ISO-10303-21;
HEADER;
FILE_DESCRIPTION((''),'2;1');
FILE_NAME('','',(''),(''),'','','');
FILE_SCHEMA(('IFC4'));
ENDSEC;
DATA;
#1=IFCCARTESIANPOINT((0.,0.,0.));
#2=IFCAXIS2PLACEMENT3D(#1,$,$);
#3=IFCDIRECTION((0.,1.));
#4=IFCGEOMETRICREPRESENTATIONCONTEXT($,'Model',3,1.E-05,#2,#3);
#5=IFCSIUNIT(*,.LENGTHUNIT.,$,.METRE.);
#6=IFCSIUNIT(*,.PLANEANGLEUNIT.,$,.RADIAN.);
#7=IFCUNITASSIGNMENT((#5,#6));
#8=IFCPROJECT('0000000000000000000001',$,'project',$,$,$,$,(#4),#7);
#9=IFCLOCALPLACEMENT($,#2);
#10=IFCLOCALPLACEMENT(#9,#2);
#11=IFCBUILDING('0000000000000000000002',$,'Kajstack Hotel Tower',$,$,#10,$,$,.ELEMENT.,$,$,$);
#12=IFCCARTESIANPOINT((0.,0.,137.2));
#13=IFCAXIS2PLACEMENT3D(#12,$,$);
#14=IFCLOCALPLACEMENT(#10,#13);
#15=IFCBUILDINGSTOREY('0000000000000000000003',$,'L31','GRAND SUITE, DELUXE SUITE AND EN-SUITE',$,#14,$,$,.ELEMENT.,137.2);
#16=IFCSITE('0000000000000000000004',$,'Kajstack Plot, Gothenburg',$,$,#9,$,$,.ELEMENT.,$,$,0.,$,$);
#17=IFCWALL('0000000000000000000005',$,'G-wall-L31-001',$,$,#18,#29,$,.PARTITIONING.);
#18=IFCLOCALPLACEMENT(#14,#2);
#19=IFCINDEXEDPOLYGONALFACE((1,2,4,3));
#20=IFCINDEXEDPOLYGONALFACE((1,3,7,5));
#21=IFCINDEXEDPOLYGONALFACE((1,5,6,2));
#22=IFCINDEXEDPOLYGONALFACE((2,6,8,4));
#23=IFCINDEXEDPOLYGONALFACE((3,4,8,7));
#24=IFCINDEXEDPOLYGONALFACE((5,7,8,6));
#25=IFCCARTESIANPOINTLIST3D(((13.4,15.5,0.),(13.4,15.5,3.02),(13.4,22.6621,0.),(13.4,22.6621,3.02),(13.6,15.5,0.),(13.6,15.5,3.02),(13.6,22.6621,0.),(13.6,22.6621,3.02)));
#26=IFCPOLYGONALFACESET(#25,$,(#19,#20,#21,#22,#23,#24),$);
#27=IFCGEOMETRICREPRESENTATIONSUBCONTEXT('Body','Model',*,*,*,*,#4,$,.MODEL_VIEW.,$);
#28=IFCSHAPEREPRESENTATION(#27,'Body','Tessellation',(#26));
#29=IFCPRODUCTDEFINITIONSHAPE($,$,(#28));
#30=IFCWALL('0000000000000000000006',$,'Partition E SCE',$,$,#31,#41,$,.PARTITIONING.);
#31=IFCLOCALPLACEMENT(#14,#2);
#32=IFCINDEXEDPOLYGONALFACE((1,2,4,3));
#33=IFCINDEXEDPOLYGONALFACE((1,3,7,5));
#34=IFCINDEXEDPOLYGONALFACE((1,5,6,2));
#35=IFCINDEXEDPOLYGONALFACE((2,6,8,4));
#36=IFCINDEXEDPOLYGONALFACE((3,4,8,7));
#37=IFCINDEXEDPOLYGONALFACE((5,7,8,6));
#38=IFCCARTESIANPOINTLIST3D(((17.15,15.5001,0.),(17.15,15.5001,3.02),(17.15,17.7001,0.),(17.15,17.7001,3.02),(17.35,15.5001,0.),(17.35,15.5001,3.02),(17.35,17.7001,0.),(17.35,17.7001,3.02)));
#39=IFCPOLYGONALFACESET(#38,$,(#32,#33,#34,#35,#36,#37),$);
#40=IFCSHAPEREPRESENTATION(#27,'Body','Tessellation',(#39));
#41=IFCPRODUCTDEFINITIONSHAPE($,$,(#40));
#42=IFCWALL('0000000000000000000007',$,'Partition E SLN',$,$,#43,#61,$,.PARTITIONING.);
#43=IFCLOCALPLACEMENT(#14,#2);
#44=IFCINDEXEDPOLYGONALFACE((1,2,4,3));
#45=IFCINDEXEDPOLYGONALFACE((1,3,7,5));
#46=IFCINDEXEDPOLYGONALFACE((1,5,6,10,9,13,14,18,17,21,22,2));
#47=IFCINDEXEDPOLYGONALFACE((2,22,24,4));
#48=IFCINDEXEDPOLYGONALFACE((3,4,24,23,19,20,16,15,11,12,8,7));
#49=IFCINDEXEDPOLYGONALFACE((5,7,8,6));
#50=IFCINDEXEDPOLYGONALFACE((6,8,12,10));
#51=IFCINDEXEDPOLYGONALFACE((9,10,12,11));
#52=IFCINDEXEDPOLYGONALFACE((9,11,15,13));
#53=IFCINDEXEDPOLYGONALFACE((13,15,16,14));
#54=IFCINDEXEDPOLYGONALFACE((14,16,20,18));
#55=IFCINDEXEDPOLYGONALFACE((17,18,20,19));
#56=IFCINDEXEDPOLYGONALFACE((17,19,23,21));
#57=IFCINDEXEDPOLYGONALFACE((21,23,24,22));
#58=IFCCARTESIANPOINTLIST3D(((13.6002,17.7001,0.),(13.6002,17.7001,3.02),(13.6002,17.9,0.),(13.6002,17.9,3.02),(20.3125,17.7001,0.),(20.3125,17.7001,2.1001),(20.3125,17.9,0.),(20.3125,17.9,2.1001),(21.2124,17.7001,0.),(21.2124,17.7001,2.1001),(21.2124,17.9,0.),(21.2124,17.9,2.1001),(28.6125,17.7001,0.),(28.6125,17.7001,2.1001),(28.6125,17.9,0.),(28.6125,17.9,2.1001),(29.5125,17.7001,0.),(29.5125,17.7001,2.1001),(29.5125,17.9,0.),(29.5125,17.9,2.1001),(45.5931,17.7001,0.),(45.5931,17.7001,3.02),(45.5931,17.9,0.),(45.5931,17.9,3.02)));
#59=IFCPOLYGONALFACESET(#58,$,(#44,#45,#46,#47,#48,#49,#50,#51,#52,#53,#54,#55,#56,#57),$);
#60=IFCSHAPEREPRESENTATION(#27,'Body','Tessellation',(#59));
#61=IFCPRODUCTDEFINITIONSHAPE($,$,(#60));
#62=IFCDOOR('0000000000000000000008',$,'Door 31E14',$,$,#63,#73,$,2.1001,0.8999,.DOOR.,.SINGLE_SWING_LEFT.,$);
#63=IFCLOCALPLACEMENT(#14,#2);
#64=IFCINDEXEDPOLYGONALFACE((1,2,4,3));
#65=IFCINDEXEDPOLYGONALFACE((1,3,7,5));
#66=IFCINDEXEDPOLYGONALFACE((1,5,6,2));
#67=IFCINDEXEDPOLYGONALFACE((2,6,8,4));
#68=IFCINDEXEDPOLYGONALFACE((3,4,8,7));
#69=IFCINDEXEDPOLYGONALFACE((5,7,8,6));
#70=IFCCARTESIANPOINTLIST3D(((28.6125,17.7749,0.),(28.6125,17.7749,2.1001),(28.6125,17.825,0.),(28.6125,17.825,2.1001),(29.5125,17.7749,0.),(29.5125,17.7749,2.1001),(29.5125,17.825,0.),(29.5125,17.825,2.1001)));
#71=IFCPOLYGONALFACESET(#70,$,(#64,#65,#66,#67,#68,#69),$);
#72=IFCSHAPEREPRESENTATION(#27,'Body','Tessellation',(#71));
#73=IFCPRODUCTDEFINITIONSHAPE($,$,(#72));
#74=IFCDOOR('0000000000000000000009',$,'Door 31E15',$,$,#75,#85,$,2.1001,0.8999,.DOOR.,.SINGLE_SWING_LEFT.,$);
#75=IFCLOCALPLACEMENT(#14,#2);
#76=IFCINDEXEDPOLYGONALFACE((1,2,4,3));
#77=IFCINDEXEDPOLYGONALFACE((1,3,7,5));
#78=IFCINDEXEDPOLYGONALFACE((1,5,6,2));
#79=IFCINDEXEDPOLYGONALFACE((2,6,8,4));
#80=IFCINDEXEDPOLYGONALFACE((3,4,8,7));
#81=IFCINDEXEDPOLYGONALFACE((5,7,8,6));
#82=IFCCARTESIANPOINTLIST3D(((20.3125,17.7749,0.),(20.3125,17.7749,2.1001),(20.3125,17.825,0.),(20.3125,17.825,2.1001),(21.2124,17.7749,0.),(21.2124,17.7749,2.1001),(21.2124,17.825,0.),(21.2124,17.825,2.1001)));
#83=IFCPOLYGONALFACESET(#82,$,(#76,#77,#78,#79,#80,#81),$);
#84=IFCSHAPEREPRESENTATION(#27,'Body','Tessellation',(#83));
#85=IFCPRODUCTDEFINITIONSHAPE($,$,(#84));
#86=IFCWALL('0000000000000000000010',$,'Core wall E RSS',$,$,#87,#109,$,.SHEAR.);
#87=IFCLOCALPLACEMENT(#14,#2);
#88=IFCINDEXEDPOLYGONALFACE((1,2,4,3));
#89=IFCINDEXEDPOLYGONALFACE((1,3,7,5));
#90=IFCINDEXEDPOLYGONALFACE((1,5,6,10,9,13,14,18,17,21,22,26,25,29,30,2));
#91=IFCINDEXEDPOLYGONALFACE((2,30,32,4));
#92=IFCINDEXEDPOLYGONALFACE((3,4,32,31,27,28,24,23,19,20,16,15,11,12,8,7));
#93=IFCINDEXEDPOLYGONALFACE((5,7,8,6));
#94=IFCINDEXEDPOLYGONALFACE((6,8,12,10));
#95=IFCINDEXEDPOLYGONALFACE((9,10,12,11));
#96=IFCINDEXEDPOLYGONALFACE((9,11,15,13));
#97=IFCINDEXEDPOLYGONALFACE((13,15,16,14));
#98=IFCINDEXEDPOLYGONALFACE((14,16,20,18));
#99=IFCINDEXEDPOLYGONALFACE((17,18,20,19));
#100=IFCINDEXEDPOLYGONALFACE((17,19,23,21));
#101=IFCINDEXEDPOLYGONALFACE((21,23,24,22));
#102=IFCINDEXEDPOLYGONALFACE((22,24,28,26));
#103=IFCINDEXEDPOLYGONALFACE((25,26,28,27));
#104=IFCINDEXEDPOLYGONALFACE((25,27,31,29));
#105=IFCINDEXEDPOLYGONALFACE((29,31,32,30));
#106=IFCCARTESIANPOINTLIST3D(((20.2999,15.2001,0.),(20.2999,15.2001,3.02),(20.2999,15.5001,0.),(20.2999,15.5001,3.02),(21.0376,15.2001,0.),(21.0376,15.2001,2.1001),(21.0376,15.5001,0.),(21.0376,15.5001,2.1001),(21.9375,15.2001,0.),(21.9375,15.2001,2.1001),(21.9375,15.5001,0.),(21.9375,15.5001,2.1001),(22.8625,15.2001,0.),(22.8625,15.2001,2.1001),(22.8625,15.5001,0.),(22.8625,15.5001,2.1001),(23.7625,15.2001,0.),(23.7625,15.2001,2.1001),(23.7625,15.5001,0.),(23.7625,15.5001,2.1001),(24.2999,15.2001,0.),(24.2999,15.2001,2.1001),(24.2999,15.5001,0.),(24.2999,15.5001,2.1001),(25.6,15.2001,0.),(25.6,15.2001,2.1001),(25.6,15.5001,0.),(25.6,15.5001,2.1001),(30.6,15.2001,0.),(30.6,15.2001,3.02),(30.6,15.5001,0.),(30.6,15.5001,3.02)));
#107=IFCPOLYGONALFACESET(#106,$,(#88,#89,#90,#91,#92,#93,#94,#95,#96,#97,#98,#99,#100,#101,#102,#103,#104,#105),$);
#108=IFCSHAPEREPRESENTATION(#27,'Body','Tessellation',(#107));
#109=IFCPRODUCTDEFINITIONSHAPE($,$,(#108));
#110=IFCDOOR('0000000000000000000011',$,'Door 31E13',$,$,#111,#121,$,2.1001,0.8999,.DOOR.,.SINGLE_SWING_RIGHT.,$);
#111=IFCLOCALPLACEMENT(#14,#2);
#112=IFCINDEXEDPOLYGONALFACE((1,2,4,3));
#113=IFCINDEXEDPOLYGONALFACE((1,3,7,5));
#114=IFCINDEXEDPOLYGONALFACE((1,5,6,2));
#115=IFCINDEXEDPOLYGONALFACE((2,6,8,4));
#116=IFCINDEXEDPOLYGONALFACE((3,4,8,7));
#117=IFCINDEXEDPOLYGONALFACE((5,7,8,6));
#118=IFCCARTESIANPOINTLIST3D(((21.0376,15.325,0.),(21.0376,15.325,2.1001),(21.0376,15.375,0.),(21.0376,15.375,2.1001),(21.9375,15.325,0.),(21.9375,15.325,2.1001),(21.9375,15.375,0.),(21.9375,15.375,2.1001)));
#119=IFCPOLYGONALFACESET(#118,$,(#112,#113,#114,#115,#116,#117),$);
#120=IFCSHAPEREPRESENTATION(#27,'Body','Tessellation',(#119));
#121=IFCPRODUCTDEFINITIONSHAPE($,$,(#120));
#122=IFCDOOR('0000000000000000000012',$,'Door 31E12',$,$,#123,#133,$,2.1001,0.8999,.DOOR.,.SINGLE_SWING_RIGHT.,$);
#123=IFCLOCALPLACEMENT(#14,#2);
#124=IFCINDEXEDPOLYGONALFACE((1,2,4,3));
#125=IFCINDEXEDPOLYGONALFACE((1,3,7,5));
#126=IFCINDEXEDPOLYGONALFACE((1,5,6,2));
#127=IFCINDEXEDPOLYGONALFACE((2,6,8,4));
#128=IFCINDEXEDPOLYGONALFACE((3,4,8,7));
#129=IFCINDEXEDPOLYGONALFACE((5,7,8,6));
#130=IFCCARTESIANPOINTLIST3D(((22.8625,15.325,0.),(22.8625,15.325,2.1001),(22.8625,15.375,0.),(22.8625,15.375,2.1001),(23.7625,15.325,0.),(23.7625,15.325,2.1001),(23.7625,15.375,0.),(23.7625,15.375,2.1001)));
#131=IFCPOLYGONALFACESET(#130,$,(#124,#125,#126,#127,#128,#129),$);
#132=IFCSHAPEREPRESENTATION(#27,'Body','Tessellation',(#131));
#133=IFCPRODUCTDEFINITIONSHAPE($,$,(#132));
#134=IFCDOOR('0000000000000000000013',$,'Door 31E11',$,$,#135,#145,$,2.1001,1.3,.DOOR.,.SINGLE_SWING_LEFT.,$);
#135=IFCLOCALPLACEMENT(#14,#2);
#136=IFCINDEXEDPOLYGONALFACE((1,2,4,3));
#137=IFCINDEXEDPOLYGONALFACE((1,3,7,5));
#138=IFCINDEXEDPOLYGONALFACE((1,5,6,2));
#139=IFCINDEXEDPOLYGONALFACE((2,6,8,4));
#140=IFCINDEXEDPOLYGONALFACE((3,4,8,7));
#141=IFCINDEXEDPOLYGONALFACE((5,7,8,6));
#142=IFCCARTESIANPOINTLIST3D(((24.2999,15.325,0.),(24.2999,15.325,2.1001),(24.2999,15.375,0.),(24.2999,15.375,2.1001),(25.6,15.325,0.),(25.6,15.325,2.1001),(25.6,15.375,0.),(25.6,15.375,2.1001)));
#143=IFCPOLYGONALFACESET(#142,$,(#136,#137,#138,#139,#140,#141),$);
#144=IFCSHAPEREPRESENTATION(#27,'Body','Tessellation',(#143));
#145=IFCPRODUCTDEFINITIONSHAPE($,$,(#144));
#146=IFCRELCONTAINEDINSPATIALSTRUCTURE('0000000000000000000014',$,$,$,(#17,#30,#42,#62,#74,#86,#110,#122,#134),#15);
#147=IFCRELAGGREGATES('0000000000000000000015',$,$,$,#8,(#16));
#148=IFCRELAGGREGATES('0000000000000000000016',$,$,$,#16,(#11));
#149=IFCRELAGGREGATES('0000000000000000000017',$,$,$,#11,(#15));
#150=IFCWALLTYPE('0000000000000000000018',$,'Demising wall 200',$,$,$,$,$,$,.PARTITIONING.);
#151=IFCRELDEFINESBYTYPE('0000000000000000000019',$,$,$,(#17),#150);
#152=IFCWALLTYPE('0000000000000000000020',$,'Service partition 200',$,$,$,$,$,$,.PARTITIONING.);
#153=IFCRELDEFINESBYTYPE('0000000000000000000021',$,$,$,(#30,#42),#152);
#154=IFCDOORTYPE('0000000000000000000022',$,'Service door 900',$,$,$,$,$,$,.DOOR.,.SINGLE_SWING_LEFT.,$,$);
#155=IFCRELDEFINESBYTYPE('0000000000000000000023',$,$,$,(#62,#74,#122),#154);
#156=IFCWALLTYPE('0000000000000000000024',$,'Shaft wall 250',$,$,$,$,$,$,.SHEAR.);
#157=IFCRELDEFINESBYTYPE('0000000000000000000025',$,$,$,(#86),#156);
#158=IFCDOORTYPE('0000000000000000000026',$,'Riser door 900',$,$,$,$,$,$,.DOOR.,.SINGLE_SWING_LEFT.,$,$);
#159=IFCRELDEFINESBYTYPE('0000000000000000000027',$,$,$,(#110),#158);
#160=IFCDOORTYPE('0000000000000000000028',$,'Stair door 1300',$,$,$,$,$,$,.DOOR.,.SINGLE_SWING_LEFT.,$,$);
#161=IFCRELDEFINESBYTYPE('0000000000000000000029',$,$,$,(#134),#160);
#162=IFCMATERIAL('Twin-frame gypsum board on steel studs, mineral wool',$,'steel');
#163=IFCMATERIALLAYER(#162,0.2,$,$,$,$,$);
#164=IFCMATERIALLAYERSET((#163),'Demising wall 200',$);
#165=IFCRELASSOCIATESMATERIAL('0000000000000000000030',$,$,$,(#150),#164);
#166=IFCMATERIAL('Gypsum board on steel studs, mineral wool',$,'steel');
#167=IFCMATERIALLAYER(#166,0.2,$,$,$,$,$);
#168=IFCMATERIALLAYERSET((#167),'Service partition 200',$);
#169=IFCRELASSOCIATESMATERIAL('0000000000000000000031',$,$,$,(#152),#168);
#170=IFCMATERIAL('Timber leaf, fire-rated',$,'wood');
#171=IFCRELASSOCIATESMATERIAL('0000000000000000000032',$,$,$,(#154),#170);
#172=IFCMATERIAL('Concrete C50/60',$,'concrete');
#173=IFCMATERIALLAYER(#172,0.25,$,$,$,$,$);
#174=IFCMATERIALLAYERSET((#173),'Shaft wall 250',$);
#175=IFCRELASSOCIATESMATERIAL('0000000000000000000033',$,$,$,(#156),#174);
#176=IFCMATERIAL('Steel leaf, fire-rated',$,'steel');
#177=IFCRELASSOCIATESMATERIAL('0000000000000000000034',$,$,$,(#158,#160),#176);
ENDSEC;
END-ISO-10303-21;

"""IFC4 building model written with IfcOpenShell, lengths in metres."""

from ifc_helpers import new_model, si_unit, direction, frame, frame_2d, origin, place, context, subcontext, project, spatial, rectangle, extrude, material, layer, layer_set, type_object, element, fill, save


model = new_model("IFC4")

# Units and contexts
model_context = context("Model", 3, precision=1e-05, world=origin(), true_north=direction((0.0, 1.0)))
body_context = subcontext(model_context, "Body", "Model", "MODEL_VIEW")
ifc_project = project(units=[si_unit("LENGTHUNIT", "METRE"), si_unit("PLANEANGLEUNIT", "RADIAN")], contexts=[model_context])

# Site, building, storey
site_placement = place(None, origin())
site = spatial("IfcSite", under=ifc_project, at=site_placement, Name="Kajstack Plot, Gothenburg", CompositionType="ELEMENT", RefElevation=0.0)
building_placement = place(site_placement, origin())
building = spatial("IfcBuilding", under=site, at=building_placement, Name="Kajstack Hotel Tower", CompositionType="ELEMENT")
storey_placement = place(building_placement, frame((0.0, 0.0, 137.2)))
storey = spatial("IfcBuildingStorey", under=building, at=storey_placement, Name="L31", Description="GRAND SUITE, DELUXE SUITE AND EN-SUITE", CompositionType="ELEMENT", Elevation=137.2)

# Wall
ifc_material_1 = material(Name="Twin-frame gypsum board on steel studs, mineral wool", Category="steel")
ifc_layer_1 = layer(ifc_material_1, 0.2)
ifc_layer_set_1 = layer_set([ifc_layer_1], Name="Demising wall 200")
wall_type_1 = type_object("IfcWallType", Name="Demising wall 200", PredefinedType="PARTITIONING", material=ifc_layer_set_1)
wall_1_placement = place(storey_placement, frame((13.5, 15.5, 0.0), z_axis=(0.0, 0.0, 1.0), x_axis=(0.0, 1.0, 0.0)))
element("IfcWall", 1, at=wall_1_placement, inside=storey, type_object=wall_type_1, Name="G-wall-L31-001", PredefinedType="PARTITIONING", context=body_context, shape_type="SweptSolid", body=[
    extrude(rectangle(XDim=7.1621, YDim=0.2, at=frame_2d((3.5811, 0.0))), origin(), (0.0, 0.0, 1.0), 3.02),
])

# Wall
ifc_material_2 = material(Name="Gypsum board on steel studs, mineral wool", Category="steel")
ifc_layer_2 = layer(ifc_material_2, 0.2)
ifc_layer_set_2 = layer_set([ifc_layer_2], Name="Service partition 200")
wall_type_2 = type_object("IfcWallType", Name="Service partition 200", PredefinedType="PARTITIONING", material=ifc_layer_set_2)
wall_2_placement = place(storey_placement, frame((17.25, 15.5, 0.0), z_axis=(0.0, 0.0, 1.0), x_axis=(0.0, 1.0, 0.0)))
element("IfcWall", 2, at=wall_2_placement, inside=storey, type_object=wall_type_2, Name="Partition E SCE", PredefinedType="PARTITIONING", context=body_context, shape_type="SweptSolid", body=[
    extrude(rectangle(XDim=2.2, YDim=0.2, at=frame_2d((1.1001, 0.0))), origin(), (0.0, 0.0, 1.0), 3.02),
])

# Walls, openings, doors
wall_3_placement = place(storey_placement, frame((13.6001, 17.8, 0.0), z_axis=(0.0, 0.0, 1.0), x_axis=(1.0, 0.0, 0.0)))
wall_3 = element("IfcWall", 3, at=wall_3_placement, inside=storey, type_object=wall_type_2, Name="Partition E SLN", PredefinedType="PARTITIONING", context=body_context, shape_type="SweptSolid", body=[
    extrude(rectangle(XDim=31.9929, YDim=0.2, at=frame_2d((15.9966, 0.0))), origin(), (0.0, 0.0, 1.0), 3.02),
])
opening_1_placement = place(wall_3_placement, frame((15.0125, 0.0, 0.0)))
opening_1 = element("IfcOpeningElement", 4, at=opening_1_placement, cuts=wall_3, PredefinedType="OPENING", context=body_context, shape_type="SweptSolid", body=[
    extrude(rectangle(XDim=0.8999, YDim=2.1001, at=frame_2d((0.45, 1.05))), frame((0.0, 0.1099, 0.0), z_axis=(0.0, -1.0, 0.0), x_axis=(1.0, 0.0, 0.0)), (0.0, 0.0, 1.0), 0.22),
])
opening_2_placement = place(wall_3_placement, frame((6.7124, 0.0, 0.0)))
opening_2 = element("IfcOpeningElement", 5, at=opening_2_placement, cuts=wall_3, PredefinedType="OPENING", context=body_context, shape_type="SweptSolid", body=[
    extrude(rectangle(XDim=0.8999, YDim=2.1001, at=frame_2d((0.45, 1.05))), frame((0.0, 0.1099, 0.0), z_axis=(0.0, -1.0, 0.0), x_axis=(1.0, 0.0, 0.0)), (0.0, 0.0, 1.0), 0.22),
])
ifc_material_3 = material(Name="Timber leaf, fire-rated", Category="wood")
door_type_1 = type_object("IfcDoorType", Name="Service door 900", OperationType="SINGLE_SWING_LEFT", PredefinedType="DOOR", material=ifc_material_3)
door_1_placement = place(opening_1_placement, origin())
door_1 = element("IfcDoor", 6, at=door_1_placement, inside=storey, type_object=door_type_1, Name="Door 31E14", OperationType="SINGLE_SWING_LEFT", OverallHeight=2.1001, OverallWidth=0.8999, PredefinedType="DOOR", context=body_context, shape_type="SweptSolid", body=[
    extrude(rectangle(XDim=0.8999, YDim=2.1001, at=frame_2d((0.45, 1.05))), frame((0.0, 0.0249, 0.0), z_axis=(0.0, -1.0, 0.0), x_axis=(1.0, 0.0, 0.0)), (0.0, 0.0, 1.0), 0.05),
])
fill(opening_1, door_1)
door_2_placement = place(opening_2_placement, origin())
door_2 = element("IfcDoor", 7, at=door_2_placement, inside=storey, type_object=door_type_1, Name="Door 31E15", OperationType="SINGLE_SWING_LEFT", OverallHeight=2.1001, OverallWidth=0.8999, PredefinedType="DOOR", context=body_context, shape_type="SweptSolid", body=[
    extrude(rectangle(XDim=0.8999, YDim=2.1001, at=frame_2d((0.45, 1.05))), frame((0.0, 0.0249, 0.0), z_axis=(0.0, -1.0, 0.0), x_axis=(1.0, 0.0, 0.0)), (0.0, 0.0, 1.0), 0.05),
])
fill(opening_2, door_2)
ifc_material_4 = material(Name="Concrete C50/60", Category="concrete")
ifc_layer_3 = layer(ifc_material_4, 0.25)
ifc_layer_set_3 = layer_set([ifc_layer_3], Name="Shaft wall 250")
wall_type_3 = type_object("IfcWallType", Name="Shaft wall 250", PredefinedType="SHEAR", material=ifc_layer_set_3)
wall_4_placement = place(storey_placement, frame((20.3, 15.3501, 0.0), z_axis=(0.0, 0.0, 1.0), x_axis=(1.0, 0.0, 0.0)))
wall_4 = element("IfcWall", 8, at=wall_4_placement, inside=storey, type_object=wall_type_3, Name="Core wall E RSS", PredefinedType="SHEAR", context=body_context, shape_type="SweptSolid", body=[
    extrude(rectangle(XDim=10.3, YDim=0.3, at=frame_2d((5.1499, 0.0))), origin(), (0.0, 0.0, 1.0), 3.02),
])
opening_3_placement = place(wall_4_placement, frame((4.0, 0.0, 0.0)))
opening_3 = element("IfcOpeningElement", 9, at=opening_3_placement, cuts=wall_4, PredefinedType="OPENING", context=body_context, shape_type="SweptSolid", body=[
    extrude(rectangle(XDim=1.3, YDim=2.1001, at=frame_2d((0.6499, 1.05))), frame((0.0, 0.1599, 0.0), z_axis=(0.0, -1.0, 0.0), x_axis=(1.0, 0.0, 0.0)), (0.0, 0.0, 1.0), 0.3201),
])
opening_4_placement = place(wall_4_placement, frame((2.5625, 0.0, 0.0)))
opening_4 = element("IfcOpeningElement", 10, at=opening_4_placement, cuts=wall_4, PredefinedType="OPENING", context=body_context, shape_type="SweptSolid", body=[
    extrude(rectangle(XDim=0.8999, YDim=2.1001, at=frame_2d((0.45, 1.05))), frame((0.0, 0.1599, 0.0), z_axis=(0.0, -1.0, 0.0), x_axis=(1.0, 0.0, 0.0)), (0.0, 0.0, 1.0), 0.3201),
])
opening_5_placement = place(wall_4_placement, frame((0.7375, 0.0, 0.0)))
opening_5 = element("IfcOpeningElement", 11, at=opening_5_placement, cuts=wall_4, PredefinedType="OPENING", context=body_context, shape_type="SweptSolid", body=[
    extrude(rectangle(XDim=0.8999, YDim=2.1001, at=frame_2d((0.45, 1.05))), frame((0.0, 0.1599, 0.0), z_axis=(0.0, -1.0, 0.0), x_axis=(1.0, 0.0, 0.0)), (0.0, 0.0, 1.0), 0.3201),
])
ifc_material_5 = material(Name="Steel leaf, fire-rated", Category="steel")
door_type_2 = type_object("IfcDoorType", Name="Riser door 900", OperationType="SINGLE_SWING_LEFT", PredefinedType="DOOR", material=ifc_material_5)
door_3_placement = place(opening_5_placement, origin())
door_3 = element("IfcDoor", 12, at=door_3_placement, inside=storey, type_object=door_type_2, Name="Door 31E13", OperationType="SINGLE_SWING_RIGHT", OverallHeight=2.1001, OverallWidth=0.8999, PredefinedType="DOOR", context=body_context, shape_type="SweptSolid", body=[
    extrude(rectangle(XDim=0.8999, YDim=2.1001, at=frame_2d((0.45, 1.05))), frame((0.0, 0.0249, 0.0), z_axis=(0.0, -1.0, 0.0), x_axis=(1.0, 0.0, 0.0)), (0.0, 0.0, 1.0), 0.05),
])
fill(opening_5, door_3)
door_4_placement = place(opening_4_placement, origin())
door_4 = element("IfcDoor", 13, at=door_4_placement, inside=storey, type_object=door_type_1, Name="Door 31E12", OperationType="SINGLE_SWING_RIGHT", OverallHeight=2.1001, OverallWidth=0.8999, PredefinedType="DOOR", context=body_context, shape_type="SweptSolid", body=[
    extrude(rectangle(XDim=0.8999, YDim=2.1001, at=frame_2d((0.45, 1.05))), frame((0.0, 0.0249, 0.0), z_axis=(0.0, -1.0, 0.0), x_axis=(1.0, 0.0, 0.0)), (0.0, 0.0, 1.0), 0.05),
])
fill(opening_4, door_4)
door_type_3 = type_object("IfcDoorType", Name="Stair door 1300", OperationType="SINGLE_SWING_LEFT", PredefinedType="DOOR", material=ifc_material_5)
door_5_placement = place(opening_3_placement, origin())
door_5 = element("IfcDoor", 14, at=door_5_placement, inside=storey, type_object=door_type_3, Name="Door 31E11", OperationType="SINGLE_SWING_LEFT", OverallHeight=2.1001, OverallWidth=1.3, PredefinedType="DOOR", context=body_context, shape_type="SweptSolid", body=[
    extrude(rectangle(XDim=1.3, YDim=2.1001, at=frame_2d((0.6499, 1.05))), frame((0.0, 0.0249, 0.0), z_axis=(0.0, -1.0, 0.0), x_axis=(1.0, 0.0, 0.0)), (0.0, 0.0, 1.0), 0.05),
])
fill(opening_3, door_5)

save(model, "model.ifc")
